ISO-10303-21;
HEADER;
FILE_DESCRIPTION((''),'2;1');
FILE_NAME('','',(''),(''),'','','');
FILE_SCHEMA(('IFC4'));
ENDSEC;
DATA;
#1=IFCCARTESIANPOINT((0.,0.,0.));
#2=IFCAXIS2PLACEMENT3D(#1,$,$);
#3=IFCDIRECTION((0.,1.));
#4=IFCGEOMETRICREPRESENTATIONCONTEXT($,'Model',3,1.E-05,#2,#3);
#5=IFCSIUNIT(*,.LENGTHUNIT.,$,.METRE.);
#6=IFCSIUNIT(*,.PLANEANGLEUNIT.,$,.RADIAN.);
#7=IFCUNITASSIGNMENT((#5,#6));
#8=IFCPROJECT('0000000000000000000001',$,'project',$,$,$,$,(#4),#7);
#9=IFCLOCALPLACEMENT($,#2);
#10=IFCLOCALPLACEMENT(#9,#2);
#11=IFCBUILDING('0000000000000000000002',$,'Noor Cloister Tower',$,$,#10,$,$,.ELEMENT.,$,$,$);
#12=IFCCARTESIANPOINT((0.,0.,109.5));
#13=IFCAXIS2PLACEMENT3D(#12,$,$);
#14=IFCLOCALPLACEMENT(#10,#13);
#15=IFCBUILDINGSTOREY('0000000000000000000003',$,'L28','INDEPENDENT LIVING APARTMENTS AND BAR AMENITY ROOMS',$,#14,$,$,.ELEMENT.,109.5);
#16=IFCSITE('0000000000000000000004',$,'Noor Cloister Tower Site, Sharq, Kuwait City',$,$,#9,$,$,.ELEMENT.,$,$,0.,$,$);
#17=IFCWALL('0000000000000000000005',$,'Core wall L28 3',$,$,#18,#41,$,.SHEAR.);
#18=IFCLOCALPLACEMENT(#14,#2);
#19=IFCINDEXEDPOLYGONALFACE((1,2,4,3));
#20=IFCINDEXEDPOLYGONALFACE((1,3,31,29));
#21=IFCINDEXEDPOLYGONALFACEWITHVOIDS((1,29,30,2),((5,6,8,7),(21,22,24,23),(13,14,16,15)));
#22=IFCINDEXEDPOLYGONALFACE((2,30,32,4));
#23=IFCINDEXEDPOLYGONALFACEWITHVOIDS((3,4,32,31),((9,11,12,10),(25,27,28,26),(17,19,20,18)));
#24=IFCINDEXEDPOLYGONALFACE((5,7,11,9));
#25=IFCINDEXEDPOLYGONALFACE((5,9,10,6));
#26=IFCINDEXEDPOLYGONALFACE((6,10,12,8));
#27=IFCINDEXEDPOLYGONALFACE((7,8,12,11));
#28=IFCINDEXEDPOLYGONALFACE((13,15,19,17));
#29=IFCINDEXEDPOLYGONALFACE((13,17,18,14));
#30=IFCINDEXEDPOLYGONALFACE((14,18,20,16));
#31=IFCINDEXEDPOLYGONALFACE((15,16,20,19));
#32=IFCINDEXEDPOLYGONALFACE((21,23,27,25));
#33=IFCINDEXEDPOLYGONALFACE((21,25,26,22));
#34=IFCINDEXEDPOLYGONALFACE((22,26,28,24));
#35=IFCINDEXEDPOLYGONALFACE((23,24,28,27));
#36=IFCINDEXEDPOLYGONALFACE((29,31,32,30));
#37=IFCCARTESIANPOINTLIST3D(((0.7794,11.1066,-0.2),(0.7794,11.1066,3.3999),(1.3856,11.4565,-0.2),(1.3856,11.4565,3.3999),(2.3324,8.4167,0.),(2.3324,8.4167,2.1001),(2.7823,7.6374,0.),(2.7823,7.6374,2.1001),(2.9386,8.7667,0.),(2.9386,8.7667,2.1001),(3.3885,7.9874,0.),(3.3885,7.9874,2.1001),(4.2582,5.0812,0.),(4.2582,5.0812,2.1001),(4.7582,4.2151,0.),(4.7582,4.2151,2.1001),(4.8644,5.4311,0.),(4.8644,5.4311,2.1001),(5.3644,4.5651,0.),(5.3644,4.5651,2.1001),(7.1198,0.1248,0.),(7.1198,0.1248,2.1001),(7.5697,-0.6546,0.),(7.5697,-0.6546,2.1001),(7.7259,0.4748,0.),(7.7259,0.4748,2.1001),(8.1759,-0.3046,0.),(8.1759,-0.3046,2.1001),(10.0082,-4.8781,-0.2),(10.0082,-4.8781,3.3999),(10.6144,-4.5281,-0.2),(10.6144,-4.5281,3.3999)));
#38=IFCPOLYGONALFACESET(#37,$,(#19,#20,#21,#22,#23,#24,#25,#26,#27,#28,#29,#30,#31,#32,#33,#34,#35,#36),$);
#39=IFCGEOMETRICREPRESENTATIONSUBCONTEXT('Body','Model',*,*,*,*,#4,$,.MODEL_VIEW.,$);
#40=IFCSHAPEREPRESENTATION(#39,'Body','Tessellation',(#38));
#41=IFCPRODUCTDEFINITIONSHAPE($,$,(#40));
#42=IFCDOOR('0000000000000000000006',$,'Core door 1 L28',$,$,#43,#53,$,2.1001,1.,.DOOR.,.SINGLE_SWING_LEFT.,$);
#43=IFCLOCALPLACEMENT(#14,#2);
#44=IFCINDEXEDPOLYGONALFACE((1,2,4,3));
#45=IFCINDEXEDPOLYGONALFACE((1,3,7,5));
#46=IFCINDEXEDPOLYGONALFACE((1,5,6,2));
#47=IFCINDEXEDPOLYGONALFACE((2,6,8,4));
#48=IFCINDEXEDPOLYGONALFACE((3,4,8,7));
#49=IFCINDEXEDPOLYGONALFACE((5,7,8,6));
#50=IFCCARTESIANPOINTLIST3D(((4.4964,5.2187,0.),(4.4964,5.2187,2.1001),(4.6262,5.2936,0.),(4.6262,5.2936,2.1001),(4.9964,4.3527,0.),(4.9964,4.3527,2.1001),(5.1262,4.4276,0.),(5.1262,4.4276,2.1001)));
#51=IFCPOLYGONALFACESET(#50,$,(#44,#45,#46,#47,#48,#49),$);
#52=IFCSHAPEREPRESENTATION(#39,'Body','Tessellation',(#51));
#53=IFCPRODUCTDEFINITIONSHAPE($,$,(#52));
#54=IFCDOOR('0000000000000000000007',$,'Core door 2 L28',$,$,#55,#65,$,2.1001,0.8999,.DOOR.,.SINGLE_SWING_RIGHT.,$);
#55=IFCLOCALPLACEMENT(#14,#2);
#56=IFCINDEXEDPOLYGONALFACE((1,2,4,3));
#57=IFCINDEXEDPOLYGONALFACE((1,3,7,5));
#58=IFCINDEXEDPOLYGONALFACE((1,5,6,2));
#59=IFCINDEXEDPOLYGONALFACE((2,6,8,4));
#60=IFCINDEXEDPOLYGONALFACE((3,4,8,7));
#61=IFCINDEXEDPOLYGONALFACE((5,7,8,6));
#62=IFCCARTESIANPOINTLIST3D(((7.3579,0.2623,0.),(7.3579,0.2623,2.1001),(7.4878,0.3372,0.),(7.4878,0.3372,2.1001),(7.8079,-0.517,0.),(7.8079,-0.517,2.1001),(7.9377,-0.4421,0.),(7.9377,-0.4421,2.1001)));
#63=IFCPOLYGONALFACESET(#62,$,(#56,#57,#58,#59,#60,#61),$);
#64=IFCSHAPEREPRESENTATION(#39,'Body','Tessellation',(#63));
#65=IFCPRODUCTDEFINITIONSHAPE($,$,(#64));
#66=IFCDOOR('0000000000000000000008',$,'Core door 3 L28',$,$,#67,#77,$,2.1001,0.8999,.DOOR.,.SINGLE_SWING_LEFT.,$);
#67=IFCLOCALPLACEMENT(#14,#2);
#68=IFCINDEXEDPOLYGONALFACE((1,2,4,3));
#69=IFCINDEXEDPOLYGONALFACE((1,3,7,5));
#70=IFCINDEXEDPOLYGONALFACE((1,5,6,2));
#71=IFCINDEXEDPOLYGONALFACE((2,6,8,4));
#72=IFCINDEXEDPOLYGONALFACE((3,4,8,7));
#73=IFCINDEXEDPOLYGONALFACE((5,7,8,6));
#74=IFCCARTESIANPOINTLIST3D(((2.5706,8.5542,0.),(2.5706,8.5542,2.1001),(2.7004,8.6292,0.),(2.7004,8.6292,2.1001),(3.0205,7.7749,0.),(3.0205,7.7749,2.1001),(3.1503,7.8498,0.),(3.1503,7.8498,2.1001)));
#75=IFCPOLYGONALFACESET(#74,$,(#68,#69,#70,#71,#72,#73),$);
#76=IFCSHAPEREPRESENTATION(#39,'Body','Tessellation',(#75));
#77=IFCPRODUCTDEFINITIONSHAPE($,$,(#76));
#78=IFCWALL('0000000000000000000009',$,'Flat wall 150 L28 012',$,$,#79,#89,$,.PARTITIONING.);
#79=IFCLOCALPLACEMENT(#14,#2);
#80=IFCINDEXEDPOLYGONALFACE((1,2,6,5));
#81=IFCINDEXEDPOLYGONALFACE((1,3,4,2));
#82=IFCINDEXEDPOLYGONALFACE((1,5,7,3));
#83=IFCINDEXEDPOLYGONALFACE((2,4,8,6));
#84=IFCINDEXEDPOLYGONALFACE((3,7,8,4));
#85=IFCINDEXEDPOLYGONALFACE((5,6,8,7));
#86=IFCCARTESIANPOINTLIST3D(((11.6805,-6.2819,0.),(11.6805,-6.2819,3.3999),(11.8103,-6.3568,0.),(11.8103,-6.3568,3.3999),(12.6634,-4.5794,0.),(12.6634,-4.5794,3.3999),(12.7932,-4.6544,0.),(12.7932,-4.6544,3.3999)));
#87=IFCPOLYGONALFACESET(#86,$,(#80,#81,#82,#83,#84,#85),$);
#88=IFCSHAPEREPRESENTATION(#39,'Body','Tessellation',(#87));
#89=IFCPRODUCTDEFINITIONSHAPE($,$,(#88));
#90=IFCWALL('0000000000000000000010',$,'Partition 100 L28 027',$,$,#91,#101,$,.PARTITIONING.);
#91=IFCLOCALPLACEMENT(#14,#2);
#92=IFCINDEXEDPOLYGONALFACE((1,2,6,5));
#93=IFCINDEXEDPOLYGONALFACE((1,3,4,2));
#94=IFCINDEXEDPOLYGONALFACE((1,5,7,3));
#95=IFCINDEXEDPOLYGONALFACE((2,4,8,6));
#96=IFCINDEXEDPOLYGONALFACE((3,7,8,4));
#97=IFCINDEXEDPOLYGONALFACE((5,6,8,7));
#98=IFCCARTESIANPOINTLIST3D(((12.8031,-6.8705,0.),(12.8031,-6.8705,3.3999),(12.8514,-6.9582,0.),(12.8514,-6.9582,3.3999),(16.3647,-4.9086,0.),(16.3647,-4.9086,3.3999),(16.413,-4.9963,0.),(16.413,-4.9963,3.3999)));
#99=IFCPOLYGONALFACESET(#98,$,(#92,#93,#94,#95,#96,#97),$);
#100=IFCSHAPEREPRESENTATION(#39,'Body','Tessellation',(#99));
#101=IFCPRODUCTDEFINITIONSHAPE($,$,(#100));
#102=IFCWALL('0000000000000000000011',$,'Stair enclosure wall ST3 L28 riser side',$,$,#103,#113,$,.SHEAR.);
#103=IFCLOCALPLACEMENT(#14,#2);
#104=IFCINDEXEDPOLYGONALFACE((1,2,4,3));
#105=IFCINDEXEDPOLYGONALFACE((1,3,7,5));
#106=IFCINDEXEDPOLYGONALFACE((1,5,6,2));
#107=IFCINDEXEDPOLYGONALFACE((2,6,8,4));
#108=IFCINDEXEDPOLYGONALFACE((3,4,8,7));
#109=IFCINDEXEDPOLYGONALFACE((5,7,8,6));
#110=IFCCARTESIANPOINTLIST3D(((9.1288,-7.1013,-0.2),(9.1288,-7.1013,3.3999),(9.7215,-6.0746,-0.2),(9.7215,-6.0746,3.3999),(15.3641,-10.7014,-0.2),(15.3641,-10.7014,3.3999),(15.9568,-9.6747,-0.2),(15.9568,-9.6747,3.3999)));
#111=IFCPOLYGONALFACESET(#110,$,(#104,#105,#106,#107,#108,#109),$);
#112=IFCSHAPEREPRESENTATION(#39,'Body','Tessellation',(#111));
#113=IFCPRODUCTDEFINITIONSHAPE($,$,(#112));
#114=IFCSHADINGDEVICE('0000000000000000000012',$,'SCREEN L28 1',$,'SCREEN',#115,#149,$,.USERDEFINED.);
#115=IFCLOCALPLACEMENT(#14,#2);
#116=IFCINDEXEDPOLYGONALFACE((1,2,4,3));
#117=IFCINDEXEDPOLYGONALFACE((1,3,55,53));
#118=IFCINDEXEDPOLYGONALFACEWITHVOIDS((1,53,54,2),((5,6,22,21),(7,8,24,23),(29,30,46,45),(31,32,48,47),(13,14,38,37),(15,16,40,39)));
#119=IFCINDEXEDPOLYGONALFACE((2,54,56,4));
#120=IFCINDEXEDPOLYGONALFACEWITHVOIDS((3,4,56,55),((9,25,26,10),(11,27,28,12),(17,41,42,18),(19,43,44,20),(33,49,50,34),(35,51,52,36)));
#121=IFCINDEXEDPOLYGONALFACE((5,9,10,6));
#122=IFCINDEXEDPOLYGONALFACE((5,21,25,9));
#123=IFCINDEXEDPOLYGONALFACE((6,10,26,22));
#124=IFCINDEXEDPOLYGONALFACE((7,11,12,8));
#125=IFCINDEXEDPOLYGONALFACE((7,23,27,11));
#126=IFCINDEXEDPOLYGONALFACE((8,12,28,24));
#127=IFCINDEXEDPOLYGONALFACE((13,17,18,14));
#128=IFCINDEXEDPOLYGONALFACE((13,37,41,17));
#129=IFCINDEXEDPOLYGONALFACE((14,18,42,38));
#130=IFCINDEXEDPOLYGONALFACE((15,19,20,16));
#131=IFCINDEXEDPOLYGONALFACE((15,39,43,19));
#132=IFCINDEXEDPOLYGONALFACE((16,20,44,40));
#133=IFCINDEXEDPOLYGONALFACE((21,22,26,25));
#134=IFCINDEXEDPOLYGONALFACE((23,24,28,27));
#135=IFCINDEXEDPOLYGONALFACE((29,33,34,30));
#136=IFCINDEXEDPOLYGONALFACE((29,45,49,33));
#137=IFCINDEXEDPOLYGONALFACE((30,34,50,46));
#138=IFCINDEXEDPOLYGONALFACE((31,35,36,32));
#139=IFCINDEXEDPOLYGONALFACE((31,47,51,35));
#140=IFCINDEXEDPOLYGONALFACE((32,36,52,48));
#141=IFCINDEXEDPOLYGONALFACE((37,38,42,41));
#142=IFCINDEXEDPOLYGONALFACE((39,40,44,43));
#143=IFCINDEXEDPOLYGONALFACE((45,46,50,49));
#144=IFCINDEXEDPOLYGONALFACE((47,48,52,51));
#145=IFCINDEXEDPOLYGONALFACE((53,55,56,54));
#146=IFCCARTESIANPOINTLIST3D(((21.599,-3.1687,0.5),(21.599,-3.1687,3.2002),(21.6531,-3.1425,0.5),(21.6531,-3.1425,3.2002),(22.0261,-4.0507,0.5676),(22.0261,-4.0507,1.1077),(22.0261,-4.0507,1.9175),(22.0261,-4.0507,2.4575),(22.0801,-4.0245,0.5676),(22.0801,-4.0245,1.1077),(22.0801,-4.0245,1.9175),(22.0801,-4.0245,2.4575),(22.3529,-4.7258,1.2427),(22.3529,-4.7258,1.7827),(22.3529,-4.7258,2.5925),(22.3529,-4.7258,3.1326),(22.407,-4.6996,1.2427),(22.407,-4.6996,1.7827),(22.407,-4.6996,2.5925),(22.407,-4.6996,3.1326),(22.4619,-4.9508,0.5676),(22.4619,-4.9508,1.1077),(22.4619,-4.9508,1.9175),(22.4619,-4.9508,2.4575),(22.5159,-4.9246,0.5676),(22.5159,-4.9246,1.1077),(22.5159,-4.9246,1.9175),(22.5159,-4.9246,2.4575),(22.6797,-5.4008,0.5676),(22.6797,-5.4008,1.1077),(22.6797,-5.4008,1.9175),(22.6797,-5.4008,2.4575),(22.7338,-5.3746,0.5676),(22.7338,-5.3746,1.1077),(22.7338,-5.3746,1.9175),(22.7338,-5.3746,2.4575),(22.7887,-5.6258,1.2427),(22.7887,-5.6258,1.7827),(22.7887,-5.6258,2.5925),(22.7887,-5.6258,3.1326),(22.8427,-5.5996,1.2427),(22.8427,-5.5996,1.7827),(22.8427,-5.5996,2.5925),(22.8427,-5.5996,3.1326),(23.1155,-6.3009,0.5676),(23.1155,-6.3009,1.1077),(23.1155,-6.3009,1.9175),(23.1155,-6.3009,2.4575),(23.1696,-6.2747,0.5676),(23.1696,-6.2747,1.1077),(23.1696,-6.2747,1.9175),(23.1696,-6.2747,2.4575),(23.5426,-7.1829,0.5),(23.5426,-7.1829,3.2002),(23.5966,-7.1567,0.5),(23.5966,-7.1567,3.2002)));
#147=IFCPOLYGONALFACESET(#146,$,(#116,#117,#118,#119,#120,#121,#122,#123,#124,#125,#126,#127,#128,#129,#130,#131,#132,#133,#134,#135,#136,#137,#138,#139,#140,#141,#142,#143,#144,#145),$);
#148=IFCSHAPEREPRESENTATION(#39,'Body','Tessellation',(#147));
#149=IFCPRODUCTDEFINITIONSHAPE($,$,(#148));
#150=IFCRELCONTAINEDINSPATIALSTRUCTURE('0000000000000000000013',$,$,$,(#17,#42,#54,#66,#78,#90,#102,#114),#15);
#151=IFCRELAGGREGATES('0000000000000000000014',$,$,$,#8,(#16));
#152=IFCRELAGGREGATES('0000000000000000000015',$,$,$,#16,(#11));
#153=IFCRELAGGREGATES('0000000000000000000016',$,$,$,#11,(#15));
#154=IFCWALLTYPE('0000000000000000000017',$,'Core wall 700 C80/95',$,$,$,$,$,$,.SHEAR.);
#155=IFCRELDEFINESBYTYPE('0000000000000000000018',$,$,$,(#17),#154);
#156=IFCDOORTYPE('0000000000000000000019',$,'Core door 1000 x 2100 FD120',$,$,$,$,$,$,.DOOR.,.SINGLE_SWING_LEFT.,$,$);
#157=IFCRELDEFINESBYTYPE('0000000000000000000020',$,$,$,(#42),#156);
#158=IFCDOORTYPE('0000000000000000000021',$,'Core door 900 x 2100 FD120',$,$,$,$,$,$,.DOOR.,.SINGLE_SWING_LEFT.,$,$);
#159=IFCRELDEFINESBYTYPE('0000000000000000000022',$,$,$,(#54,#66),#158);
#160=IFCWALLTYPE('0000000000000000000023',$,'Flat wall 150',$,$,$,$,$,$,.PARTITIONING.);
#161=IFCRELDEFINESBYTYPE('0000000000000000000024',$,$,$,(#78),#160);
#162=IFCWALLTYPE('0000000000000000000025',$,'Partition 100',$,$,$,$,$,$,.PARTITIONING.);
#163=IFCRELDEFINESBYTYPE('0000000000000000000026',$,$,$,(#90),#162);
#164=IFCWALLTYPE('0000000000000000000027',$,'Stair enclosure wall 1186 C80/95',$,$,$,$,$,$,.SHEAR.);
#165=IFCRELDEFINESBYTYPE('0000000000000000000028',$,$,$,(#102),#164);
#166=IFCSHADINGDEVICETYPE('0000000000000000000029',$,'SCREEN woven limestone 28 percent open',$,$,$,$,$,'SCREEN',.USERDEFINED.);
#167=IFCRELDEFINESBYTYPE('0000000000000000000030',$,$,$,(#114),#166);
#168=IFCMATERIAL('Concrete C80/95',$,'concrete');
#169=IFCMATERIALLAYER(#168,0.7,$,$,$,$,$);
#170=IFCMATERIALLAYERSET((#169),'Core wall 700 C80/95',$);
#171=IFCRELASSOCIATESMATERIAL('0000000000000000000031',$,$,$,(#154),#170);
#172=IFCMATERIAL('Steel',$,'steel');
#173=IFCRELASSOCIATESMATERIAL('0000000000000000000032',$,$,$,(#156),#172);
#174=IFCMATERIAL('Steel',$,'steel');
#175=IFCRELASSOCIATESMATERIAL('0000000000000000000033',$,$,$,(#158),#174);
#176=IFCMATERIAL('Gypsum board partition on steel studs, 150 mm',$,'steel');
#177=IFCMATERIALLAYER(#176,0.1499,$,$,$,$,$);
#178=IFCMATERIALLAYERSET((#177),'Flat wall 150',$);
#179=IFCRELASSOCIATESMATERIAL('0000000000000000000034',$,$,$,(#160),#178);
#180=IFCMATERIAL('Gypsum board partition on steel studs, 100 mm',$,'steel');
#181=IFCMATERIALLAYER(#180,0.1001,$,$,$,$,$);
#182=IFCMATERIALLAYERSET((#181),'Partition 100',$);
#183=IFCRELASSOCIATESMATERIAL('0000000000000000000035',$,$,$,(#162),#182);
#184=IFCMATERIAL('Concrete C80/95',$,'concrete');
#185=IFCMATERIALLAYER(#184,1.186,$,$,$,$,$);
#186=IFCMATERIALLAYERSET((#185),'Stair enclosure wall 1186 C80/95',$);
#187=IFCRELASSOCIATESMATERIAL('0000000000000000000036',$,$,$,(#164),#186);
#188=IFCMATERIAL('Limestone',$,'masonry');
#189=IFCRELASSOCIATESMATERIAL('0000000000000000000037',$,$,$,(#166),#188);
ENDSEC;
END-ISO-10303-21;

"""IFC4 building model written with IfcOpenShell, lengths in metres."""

from ifc_helpers import new_model, si_unit, direction, frame, frame_2d, origin, place, context, subcontext, project, spatial, polyline, rectangle, outline, extrude, material, layer, layer_set, material_profile, profile_set, type_object, element, fill, save


model = new_model("IFC4")

# Units and contexts
model_context = context("Model", 3, precision=1e-05, world=origin(), true_north=direction((0.0, 1.0)))
body_context = subcontext(model_context, "Body", "Model", "MODEL_VIEW")
ifc_project = project(units=[si_unit("LENGTHUNIT", "METRE"), si_unit("PLANEANGLEUNIT", "RADIAN")], contexts=[model_context])

# Site, building, storey
site_placement = place(None, origin())
site = spatial("IfcSite", under=ifc_project, at=site_placement, Name="Noor Cloister Tower Site, Sharq, Kuwait City", CompositionType="ELEMENT", RefElevation=0.0)
building_placement = place(site_placement, origin())
building = spatial("IfcBuilding", under=site, at=building_placement, Name="Noor Cloister Tower", CompositionType="ELEMENT")
storey_placement = place(building_placement, frame((0.0, 0.0, 109.5)))
storey = spatial("IfcBuildingStorey", under=building, at=storey_placement, Name="L28", Description="INDEPENDENT LIVING APARTMENTS AND BAR AMENITY ROOMS", CompositionType="ELEMENT", Elevation=109.5)

# Wall, openings, doors
ifc_material_1 = material(Name="Concrete C80/95", Category="concrete")
ifc_layer_1 = layer(ifc_material_1, 0.7)
ifc_layer_set_1 = layer_set([ifc_layer_1], Name="Core wall 700 C80/95")
wall_type_1 = type_object("IfcWallType", Name="Core wall 700 C80/95", PredefinedType="SHEAR", material=ifc_layer_set_1)
wall_1_placement = place(storey_placement, frame((10.3113, -4.7031, -0.2), z_axis=(0.0, 0.0, 1.0), x_axis=(-0.500001, 0.866025, 0.0)))
wall_1 = element("IfcWall", 1, at=wall_1_placement, inside=storey, type_object=wall_type_1, Name="Core wall L28 3", PredefinedType="SHEAR", context=body_context, shape_type="SweptSolid", body=[
    extrude(rectangle(XDim=18.4575, YDim=0.7, at=frame_2d((9.2288, 0.0))), origin(), (0.0, 0.0, 1.0), 3.5999),
])
opening_1_placement = place(wall_1_placement, frame((10.5, 0.0, 0.2)))
opening_1 = element("IfcOpeningElement", 2, at=opening_1_placement, cuts=wall_1, PredefinedType="OPENING", context=body_context, shape_type="SweptSolid", body=[
    extrude(rectangle(XDim=1.0, YDim=2.1001, at=frame_2d((0.5, 1.05))), frame((0.0, 0.3599, 0.0), z_axis=(0.0, -1.0, 0.0), x_axis=(1.0, 0.0, 0.0)), (0.0, 0.0, 1.0), 0.72),
])
opening_2_placement = place(wall_1_placement, frame((4.877, 0.0, 0.2)))
opening_2 = element("IfcOpeningElement", 3, at=opening_2_placement, cuts=wall_1, PredefinedType="OPENING", context=body_context, shape_type="SweptSolid", body=[
    extrude(rectangle(XDim=0.8999, YDim=2.1001, at=frame_2d((0.45, 1.05))), frame((0.0, 0.3599, 0.0), z_axis=(0.0, -1.0, 0.0), x_axis=(1.0, 0.0, 0.0)), (0.0, 0.0, 1.0), 0.72),
])
opening_3_placement = place(wall_1_placement, frame((14.4517, 0.0, 0.2)))
opening_3 = element("IfcOpeningElement", 4, at=opening_3_placement, cuts=wall_1, PredefinedType="OPENING", context=body_context, shape_type="SweptSolid", body=[
    extrude(rectangle(XDim=0.8999, YDim=2.1001, at=frame_2d((0.45, 1.05))), frame((0.0, 0.3599, 0.0), z_axis=(0.0, -1.0, 0.0), x_axis=(1.0, 0.0, 0.0)), (0.0, 0.0, 1.0), 0.72),
])
ifc_material_2 = material(Name="Steel", Category="steel")
door_type_1 = type_object("IfcDoorType", Name="Core door 1000 x 2100 FD120", OperationType="SINGLE_SWING_LEFT", PredefinedType="DOOR", material=ifc_material_2)
door_1_placement = place(opening_1_placement, origin())
door_1 = element("IfcDoor", 5, at=door_1_placement, inside=storey, type_object=door_type_1, Name="Core door 1 L28", OperationType="SINGLE_SWING_LEFT", OverallHeight=2.1001, OverallWidth=1.0, PredefinedType="DOOR", context=body_context, shape_type="SweptSolid", body=[
    extrude(rectangle(XDim=1.0, YDim=2.1001, at=frame_2d((0.5, 1.05))), frame((0.0, 0.075, 0.0), z_axis=(0.0, -1.0, 0.0), x_axis=(1.0, 0.0, 0.0)), (0.0, 0.0, 1.0), 0.1499),
])
fill(opening_1, door_1)
ifc_material_3 = material(Name="Steel", Category="steel")
door_type_2 = type_object("IfcDoorType", Name="Core door 900 x 2100 FD120", OperationType="SINGLE_SWING_LEFT", PredefinedType="DOOR", material=ifc_material_3)
door_2_placement = place(opening_2_placement, origin())
door_2 = element("IfcDoor", 6, at=door_2_placement, inside=storey, type_object=door_type_2, Name="Core door 2 L28", OperationType="SINGLE_SWING_RIGHT", OverallHeight=2.1001, OverallWidth=0.8999, PredefinedType="DOOR", context=body_context, shape_type="SweptSolid", body=[
    extrude(rectangle(XDim=0.8999, YDim=2.1001, at=frame_2d((0.45, 1.05))), frame((0.0, 0.075, 0.0), z_axis=(0.0, -1.0, 0.0), x_axis=(1.0, 0.0, 0.0)), (0.0, 0.0, 1.0), 0.1499),
])
fill(opening_2, door_2)
door_3_placement = place(opening_3_placement, origin())
door_3 = element("IfcDoor", 7, at=door_3_placement, inside=storey, type_object=door_type_2, Name="Core door 3 L28", OperationType="SINGLE_SWING_LEFT", OverallHeight=2.1001, OverallWidth=0.8999, PredefinedType="DOOR", context=body_context, shape_type="SweptSolid", body=[
    extrude(rectangle(XDim=0.8999, YDim=2.1001, at=frame_2d((0.45, 1.05))), frame((0.0, 0.075, 0.0), z_axis=(0.0, -1.0, 0.0), x_axis=(1.0, 0.0, 0.0)), (0.0, 0.0, 1.0), 0.1499),
])
fill(opening_3, door_3)

# Walls
ifc_material_4 = material(Name="Gypsum board partition on steel studs, 150 mm", Category="steel")
ifc_layer_2 = layer(ifc_material_4, 0.1499)
ifc_layer_set_2 = layer_set([ifc_layer_2], Name="Flat wall 150")
wall_type_2 = type_object("IfcWallType", Name="Flat wall 150", PredefinedType="PARTITIONING", material=ifc_layer_set_2)
wall_2_placement = place(storey_placement, frame((11.7454, -6.3193, 0.0), z_axis=(0.0, 0.0, 1.0), x_axis=(0.500013, 0.866018, 0.0)))
element("IfcWall", 8, at=wall_2_placement, inside=storey, type_object=wall_type_2, Name="Flat wall 150 L28 012", PredefinedType="PARTITIONING", context=body_context, shape_type="SweptSolid", body=[
    extrude(rectangle(XDim=1.9658, YDim=0.1499, at=frame_2d((0.9829, 0.0))), origin(), (0.0, 0.0, 1.0), 3.3999),
])
ifc_material_5 = material(Name="Gypsum board partition on steel studs, 100 mm", Category="steel")
ifc_layer_3 = layer(ifc_material_5, 0.1001)
ifc_layer_set_3 = layer_set([ifc_layer_3], Name="Partition 100")
wall_type_3 = type_object("IfcWallType", Name="Partition 100", PredefinedType="PARTITIONING", material=ifc_layer_set_3)
wall_3_placement = place(storey_placement, frame((16.3889, -4.9524, 0.0), z_axis=(0.0, 0.0, 1.0), x_axis=(-0.875896, -0.482499, 0.0)))
element("IfcWall", 9, at=wall_3_placement, inside=storey, type_object=wall_type_3, Name="Partition 100 L28 027", PredefinedType="PARTITIONING", context=body_context, shape_type="SweptSolid", body=[
    extrude(rectangle(XDim=4.0662, YDim=0.1001, at=frame_2d((2.0332, 0.0))), origin(), (0.0, 0.0, 1.0), 3.3999),
])
ifc_material_6 = material(Name="Concrete C80/95", Category="concrete")
ifc_layer_4 = layer(ifc_material_6, 1.186)
ifc_layer_set_4 = layer_set([ifc_layer_4], Name="Stair enclosure wall 1186 C80/95")
wall_type_4 = type_object("IfcWallType", Name="Stair enclosure wall 1186 C80/95", PredefinedType="SHEAR", material=ifc_layer_set_4)
wall_4_placement = place(storey_placement, frame((9.425, -6.5879, -0.2), z_axis=(0.0, 0.0, 1.0), x_axis=(0.866018, -0.500012, 0.0)))
element("IfcWall", 10, at=wall_4_placement, inside=storey, type_object=wall_type_4, Name="Stair enclosure wall ST3 L28 riser side", PredefinedType="SHEAR", context=body_context, shape_type="SweptSolid", body=[
    extrude(rectangle(XDim=7.2, YDim=1.1855, at=frame_2d((3.6001, 0.0))), origin(), (0.0, 0.0, 1.0), 3.5999),
])

# Shading device
ifc_material_7 = material(Name="Limestone", Category="masonry")
ifc_material_profile_1 = material_profile(ifc_material_7, outline(polyline([(-2.23, -1.3501), (2.23, -1.3501), (2.23, 1.3501), (-2.23, 1.3501), (-2.23, -1.3501)]), holes=[polyline([(-1.25, -1.2825), (-0.25, -1.2825), (-0.25, -0.7424), (-1.25, -0.7424), (-1.25, -1.2825)]), polyline([(0.25, -1.2825), (1.25, -1.2825), (1.25, -0.7424), (0.25, -0.7424), (0.25, -1.2825)]), polyline([(-0.5, -0.6074), (0.5, -0.6074), (0.5, -0.0674), (-0.5, -0.0674), (-0.5, -0.6074)]), polyline([(-1.25, 0.0674), (-0.25, 0.0674), (-0.25, 0.6074), (-1.25, 0.6074), (-1.25, 0.0674)]), polyline([(0.25, 0.0674), (1.25, 0.0674), (1.25, 0.6074), (0.25, 0.6074), (0.25, 0.0674)]), polyline([(-0.5, 0.7424), (0.5, 0.7424), (0.5, 1.2825), (-0.5, 1.2825), (-0.5, 0.7424)])]), Name="Woven screen 28 percent open")
ifc_profile_set_1 = profile_set([ifc_material_profile_1], Name="Limestone")
shading_device_type = type_object("IfcShadingDeviceType", Name="SCREEN woven limestone 28 percent open", ElementType="SCREEN", PredefinedType="USERDEFINED", material=ifc_profile_set_1)
shading_device_1_placement = place(storey_placement, frame((22.5708, -5.1758, 1.8501), z_axis=(0.900056, 0.435774, 0.0), x_axis=(-0.435774, 0.900056, 0.0)))
element("IfcShadingDevice", 11, at=shading_device_1_placement, inside=storey, type_object=shading_device_type, Name="SCREEN L28 1", ObjectType="SCREEN", PredefinedType="USERDEFINED", context=body_context, shape_type="SweptSolid", body=[
    extrude(outline(polyline([(-2.23, -1.3501), (2.23, -1.3501), (2.23, 1.3501), (-2.23, 1.3501), (-2.23, -1.3501)]), holes=[polyline([(-1.25, -1.2825), (-0.25, -1.2825), (-0.25, -0.7424), (-1.25, -0.7424), (-1.25, -1.2825)]), polyline([(0.25, -1.2825), (1.25, -1.2825), (1.25, -0.7424), (0.25, -0.7424), (0.25, -1.2825)]), polyline([(-0.5, -0.6074), (0.5, -0.6074), (0.5, -0.0674), (-0.5, -0.0674), (-0.5, -0.6074)]), polyline([(-1.25, 0.0674), (-0.25, 0.0674), (-0.25, 0.6074), (-1.25, 0.6074), (-1.25, 0.0674)]), polyline([(0.25, 0.0674), (1.25, 0.0674), (1.25, 0.6074), (0.25, 0.6074), (0.25, 0.0674)]), polyline([(-0.5, 0.7424), (0.5, 0.7424), (0.5, 1.2825), (-0.5, 1.2825), (-0.5, 0.7424)])]), origin(), (0.0, 0.0, 1.0), 0.0601),
])

save(model, "model.ifc")
